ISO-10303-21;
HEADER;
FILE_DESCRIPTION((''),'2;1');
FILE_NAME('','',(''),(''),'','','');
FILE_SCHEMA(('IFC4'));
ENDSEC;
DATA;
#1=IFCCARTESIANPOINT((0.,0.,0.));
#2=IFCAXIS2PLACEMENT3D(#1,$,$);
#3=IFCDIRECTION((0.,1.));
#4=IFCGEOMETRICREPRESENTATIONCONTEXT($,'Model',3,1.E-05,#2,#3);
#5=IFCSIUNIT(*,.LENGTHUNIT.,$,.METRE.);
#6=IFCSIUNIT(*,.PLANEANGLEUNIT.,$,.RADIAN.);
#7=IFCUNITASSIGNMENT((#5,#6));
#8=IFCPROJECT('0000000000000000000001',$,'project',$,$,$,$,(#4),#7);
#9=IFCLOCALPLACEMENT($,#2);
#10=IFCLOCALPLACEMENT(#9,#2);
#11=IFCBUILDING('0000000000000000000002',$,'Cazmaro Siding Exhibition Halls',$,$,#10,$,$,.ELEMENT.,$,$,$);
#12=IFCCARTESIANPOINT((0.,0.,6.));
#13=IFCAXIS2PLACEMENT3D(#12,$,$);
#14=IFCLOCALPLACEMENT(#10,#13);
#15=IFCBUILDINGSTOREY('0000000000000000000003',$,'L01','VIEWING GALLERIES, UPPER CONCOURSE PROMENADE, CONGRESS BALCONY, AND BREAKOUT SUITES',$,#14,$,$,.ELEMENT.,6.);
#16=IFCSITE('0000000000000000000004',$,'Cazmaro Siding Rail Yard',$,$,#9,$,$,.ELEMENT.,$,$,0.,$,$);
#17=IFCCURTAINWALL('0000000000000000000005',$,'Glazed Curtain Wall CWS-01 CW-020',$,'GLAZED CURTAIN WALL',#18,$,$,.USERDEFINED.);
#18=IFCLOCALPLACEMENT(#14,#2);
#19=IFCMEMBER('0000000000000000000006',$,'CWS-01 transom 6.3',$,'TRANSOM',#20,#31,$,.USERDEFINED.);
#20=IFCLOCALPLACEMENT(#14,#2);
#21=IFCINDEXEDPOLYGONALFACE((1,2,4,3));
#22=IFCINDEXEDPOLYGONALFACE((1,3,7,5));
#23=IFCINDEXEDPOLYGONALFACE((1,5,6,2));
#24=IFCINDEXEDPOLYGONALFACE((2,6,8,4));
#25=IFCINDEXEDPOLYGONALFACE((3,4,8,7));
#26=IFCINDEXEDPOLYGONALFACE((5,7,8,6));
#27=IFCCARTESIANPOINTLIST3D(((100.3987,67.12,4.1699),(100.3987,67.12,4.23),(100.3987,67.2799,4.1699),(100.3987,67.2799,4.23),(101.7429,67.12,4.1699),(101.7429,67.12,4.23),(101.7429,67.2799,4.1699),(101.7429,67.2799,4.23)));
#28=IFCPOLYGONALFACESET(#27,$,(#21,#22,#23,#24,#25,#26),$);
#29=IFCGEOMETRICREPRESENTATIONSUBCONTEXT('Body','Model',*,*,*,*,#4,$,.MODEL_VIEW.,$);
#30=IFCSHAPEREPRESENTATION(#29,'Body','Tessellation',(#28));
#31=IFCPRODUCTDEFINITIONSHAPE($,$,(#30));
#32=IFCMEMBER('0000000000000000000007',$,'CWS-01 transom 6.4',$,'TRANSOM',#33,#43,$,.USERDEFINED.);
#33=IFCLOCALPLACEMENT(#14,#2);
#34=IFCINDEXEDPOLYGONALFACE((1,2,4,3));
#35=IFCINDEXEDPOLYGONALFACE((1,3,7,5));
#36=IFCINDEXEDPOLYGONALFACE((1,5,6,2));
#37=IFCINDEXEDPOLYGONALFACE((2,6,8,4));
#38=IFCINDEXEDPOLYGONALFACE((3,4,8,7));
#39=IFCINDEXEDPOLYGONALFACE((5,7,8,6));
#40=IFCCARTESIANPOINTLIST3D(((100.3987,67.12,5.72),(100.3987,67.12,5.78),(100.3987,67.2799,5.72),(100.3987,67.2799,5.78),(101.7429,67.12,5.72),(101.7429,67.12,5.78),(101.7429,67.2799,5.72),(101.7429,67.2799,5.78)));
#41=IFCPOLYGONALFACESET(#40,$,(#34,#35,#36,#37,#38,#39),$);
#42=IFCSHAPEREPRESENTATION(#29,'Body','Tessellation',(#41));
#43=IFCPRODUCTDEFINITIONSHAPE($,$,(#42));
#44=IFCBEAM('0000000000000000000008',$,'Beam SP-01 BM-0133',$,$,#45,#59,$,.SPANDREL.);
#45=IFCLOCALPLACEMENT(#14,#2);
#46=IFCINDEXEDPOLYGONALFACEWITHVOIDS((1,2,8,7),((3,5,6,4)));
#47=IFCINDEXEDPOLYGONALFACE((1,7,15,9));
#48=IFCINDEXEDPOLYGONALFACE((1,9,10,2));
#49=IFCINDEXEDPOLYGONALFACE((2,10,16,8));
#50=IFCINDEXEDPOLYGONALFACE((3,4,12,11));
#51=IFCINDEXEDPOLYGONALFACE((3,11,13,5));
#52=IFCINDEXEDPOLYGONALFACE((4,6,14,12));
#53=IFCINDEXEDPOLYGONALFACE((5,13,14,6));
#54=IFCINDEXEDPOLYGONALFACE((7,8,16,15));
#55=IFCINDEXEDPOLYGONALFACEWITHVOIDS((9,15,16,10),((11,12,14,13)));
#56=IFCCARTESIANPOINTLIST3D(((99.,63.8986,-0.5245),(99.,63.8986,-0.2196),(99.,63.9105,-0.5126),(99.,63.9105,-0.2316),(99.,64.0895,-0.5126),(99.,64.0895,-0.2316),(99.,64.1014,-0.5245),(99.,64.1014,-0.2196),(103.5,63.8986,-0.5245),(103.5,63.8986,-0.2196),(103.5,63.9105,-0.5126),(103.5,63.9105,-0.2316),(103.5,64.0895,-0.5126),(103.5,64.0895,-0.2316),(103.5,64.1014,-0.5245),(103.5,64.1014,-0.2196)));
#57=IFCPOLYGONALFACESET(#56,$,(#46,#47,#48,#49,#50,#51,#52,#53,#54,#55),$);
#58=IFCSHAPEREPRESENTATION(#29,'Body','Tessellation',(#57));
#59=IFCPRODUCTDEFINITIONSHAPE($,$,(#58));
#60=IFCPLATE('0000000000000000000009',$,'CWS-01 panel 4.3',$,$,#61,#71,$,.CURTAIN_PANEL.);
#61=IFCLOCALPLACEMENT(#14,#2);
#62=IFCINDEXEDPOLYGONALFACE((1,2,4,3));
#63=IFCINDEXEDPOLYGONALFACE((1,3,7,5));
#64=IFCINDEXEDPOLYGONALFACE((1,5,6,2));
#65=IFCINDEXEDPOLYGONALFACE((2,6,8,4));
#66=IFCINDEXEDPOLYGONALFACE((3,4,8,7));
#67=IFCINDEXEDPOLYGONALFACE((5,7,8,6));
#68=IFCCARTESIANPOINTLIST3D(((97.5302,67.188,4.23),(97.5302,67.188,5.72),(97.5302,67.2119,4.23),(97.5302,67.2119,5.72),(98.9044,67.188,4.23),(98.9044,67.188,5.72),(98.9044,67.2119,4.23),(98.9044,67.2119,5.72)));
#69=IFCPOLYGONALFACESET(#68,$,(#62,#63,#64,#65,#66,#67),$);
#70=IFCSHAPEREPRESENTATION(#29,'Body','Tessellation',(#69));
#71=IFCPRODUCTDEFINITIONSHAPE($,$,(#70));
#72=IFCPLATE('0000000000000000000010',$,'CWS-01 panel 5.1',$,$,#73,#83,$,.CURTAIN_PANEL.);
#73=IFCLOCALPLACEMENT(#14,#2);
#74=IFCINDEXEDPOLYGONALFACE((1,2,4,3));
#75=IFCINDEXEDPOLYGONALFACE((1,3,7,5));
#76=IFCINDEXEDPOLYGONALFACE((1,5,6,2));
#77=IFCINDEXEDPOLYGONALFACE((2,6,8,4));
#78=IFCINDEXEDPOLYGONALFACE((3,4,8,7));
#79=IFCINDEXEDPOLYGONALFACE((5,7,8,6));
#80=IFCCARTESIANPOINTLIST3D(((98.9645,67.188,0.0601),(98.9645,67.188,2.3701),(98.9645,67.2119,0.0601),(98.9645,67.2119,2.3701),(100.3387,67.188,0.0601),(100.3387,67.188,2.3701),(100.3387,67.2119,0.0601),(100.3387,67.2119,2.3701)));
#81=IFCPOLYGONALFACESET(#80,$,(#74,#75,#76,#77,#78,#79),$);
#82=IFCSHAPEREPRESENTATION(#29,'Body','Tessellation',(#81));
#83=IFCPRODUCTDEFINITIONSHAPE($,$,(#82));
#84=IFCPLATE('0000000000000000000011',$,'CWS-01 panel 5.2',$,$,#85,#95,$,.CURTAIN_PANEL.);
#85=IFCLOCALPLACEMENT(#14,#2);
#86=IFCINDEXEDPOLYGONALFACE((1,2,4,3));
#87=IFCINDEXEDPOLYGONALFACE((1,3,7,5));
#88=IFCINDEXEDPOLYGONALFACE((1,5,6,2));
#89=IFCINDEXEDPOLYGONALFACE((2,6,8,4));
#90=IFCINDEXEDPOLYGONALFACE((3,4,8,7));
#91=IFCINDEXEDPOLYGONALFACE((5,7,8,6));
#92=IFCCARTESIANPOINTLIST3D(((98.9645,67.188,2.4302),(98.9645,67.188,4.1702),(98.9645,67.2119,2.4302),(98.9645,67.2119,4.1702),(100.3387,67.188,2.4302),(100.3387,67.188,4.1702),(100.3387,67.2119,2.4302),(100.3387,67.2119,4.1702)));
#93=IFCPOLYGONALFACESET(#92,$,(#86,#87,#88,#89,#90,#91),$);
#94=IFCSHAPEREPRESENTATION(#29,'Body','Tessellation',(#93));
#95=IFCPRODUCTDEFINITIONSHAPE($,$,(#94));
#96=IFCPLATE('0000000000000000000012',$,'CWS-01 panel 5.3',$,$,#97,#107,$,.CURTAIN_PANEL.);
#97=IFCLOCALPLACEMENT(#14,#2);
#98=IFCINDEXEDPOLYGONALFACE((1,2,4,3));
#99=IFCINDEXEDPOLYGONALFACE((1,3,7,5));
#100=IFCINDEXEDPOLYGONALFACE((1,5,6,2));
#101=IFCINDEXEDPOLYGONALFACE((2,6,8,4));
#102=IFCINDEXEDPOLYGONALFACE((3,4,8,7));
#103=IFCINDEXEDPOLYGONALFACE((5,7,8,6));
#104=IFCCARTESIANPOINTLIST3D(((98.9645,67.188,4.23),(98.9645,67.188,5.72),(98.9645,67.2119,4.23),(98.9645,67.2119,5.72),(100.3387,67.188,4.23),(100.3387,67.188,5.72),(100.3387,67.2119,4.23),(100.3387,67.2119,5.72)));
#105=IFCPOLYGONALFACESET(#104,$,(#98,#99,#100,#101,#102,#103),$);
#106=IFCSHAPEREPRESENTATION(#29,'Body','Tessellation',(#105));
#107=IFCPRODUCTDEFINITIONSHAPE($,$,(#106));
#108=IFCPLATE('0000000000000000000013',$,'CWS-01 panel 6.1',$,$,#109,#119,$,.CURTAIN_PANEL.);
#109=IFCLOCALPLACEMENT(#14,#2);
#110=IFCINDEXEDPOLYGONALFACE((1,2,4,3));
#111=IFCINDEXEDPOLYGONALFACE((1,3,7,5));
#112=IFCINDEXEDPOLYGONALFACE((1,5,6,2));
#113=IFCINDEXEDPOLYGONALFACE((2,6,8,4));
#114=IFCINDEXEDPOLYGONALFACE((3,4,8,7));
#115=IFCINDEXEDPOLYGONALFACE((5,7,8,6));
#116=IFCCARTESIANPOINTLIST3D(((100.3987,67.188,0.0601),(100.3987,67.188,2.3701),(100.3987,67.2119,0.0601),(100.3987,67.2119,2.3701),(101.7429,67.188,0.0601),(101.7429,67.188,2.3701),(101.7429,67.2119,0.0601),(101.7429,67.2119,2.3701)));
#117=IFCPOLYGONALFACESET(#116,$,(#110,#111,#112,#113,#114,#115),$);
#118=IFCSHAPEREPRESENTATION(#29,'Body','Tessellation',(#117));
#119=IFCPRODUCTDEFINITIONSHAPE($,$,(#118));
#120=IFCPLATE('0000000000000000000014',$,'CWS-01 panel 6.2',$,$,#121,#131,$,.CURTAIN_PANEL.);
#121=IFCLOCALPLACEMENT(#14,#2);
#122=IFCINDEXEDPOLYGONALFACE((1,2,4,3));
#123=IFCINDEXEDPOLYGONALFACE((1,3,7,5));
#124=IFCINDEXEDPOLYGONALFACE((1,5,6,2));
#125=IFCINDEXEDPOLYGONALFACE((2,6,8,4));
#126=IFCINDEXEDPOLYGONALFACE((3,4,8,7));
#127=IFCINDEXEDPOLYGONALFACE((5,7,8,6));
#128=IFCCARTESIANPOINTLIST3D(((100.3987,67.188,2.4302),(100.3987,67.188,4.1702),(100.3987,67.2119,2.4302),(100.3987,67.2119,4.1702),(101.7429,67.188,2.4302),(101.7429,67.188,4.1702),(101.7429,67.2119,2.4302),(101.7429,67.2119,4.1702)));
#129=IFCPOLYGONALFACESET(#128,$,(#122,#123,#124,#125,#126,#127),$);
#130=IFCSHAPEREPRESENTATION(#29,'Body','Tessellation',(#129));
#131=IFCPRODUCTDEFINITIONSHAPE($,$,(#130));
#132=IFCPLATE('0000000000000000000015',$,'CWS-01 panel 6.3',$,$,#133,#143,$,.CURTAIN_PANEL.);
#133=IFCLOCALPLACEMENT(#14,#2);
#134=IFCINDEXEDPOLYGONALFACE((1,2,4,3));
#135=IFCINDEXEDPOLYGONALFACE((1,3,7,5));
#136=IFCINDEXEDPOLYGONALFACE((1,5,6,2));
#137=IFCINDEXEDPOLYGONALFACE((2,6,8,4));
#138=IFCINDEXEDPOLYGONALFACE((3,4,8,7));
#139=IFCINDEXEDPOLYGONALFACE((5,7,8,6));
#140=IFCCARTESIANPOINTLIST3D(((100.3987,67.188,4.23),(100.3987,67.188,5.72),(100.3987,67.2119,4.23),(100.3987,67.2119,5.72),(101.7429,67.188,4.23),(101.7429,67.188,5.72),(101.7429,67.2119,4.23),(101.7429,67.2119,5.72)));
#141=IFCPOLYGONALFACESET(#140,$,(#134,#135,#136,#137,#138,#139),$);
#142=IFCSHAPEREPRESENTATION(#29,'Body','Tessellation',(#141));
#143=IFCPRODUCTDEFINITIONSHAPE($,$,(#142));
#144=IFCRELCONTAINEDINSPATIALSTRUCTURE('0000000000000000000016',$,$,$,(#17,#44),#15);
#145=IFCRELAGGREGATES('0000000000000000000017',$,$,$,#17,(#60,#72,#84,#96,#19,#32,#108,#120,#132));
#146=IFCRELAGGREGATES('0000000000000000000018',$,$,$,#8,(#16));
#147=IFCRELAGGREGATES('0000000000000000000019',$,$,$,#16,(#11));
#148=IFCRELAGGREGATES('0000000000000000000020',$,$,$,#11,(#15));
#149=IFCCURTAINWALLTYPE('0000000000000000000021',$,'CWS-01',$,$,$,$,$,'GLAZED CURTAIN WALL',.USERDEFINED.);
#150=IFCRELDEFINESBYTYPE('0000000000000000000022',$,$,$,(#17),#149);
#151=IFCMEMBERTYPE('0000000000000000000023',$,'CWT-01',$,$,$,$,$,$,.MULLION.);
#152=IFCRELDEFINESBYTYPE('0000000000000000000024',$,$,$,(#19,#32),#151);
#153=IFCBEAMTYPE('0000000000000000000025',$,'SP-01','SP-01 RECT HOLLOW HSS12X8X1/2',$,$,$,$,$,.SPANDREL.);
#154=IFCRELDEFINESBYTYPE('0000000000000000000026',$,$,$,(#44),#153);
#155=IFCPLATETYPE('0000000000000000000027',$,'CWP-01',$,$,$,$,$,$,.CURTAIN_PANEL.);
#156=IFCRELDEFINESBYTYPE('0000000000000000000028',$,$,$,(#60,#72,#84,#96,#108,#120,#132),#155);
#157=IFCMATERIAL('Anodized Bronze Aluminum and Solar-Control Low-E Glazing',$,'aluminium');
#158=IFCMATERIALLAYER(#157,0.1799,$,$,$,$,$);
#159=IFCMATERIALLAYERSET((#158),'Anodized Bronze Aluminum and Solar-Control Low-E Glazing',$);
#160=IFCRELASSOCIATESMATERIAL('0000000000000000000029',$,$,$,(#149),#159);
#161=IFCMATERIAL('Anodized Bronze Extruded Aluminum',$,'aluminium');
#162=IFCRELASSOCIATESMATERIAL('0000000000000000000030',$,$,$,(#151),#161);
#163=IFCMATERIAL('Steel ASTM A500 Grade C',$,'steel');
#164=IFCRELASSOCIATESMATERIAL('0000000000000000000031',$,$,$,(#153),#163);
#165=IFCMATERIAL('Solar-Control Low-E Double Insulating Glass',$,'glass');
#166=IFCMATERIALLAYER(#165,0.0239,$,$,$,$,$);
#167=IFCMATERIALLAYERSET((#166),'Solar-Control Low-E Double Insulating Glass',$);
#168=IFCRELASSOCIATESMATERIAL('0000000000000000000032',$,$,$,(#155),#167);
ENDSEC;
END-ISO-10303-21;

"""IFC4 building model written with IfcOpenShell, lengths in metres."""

from ifc_helpers import new_model, si_unit, direction, frame, origin, origin_2d, place, context, subcontext, project, spatial, rectangle, hollow_rectangle, extrude, material, layer, layer_set, material_profile, profile_set, type_object, element, aggregate, save


model = new_model("IFC4")

# Units and contexts
model_context = context("Model", 3, precision=1e-05, world=origin(), true_north=direction((0.0, 1.0)))
body_context = subcontext(model_context, "Body", "Model", "MODEL_VIEW")
ifc_project = project(units=[si_unit("LENGTHUNIT", "METRE"), si_unit("PLANEANGLEUNIT", "RADIAN")], contexts=[model_context])

# Site, building, storey
site_placement = place(None, origin())
site = spatial("IfcSite", under=ifc_project, at=site_placement, Name="Cazmaro Siding Rail Yard", CompositionType="ELEMENT", RefElevation=0.0)
building_placement = place(site_placement, origin())
building = spatial("IfcBuilding", under=site, at=building_placement, Name="Cazmaro Siding Exhibition Halls", CompositionType="ELEMENT")
storey_placement = place(building_placement, frame((0.0, 0.0, 6.0)))
storey = spatial("IfcBuildingStorey", under=building, at=storey_placement, Name="L01", Description="VIEWING GALLERIES, UPPER CONCOURSE PROMENADE, CONGRESS BALCONY, AND BREAKOUT SUITES", CompositionType="ELEMENT", Elevation=6.0)

# Curtain wall, members
ifc_material_1 = material(Name="Anodized Bronze Aluminum and Solar-Control Low-E Glazing", Category="aluminium")
ifc_layer_1 = layer(ifc_material_1, 0.1799)
ifc_layer_set_1 = layer_set([ifc_layer_1], Name="Anodized Bronze Aluminum and Solar-Control Low-E Glazing")
curtain_wall_type = type_object("IfcCurtainWallType", Name="CWS-01", ElementType="GLAZED CURTAIN WALL", PredefinedType="USERDEFINED", material=ifc_layer_set_1)
curtain_wall_placement = place(storey_placement, origin())
curtain_wall = element("IfcCurtainWall", 1, at=curtain_wall_placement, inside=storey, type_object=curtain_wall_type, Name="Glazed Curtain Wall CWS-01 CW-020", ObjectType="GLAZED CURTAIN WALL", PredefinedType="USERDEFINED")
ifc_material_2 = material(Name="Anodized Bronze Extruded Aluminum", Category="aluminium")
ifc_material_profile_1 = material_profile(ifc_material_2, rectangle(XDim=0.1599, YDim=0.0601, at=origin_2d()), Name="CWT-01")
ifc_profile_set_1 = profile_set([ifc_material_profile_1], Name="Anodized Bronze Extruded Aluminum")
member_type_1 = type_object("IfcMemberType", Name="CWT-01", PredefinedType="MULLION", material=ifc_profile_set_1)
member_1_placement = place(storey_placement, frame((100.3987, 67.2, 4.2), z_axis=(1.0, 0.0, 0.0), x_axis=(0.0, 1.0, 0.0)))
member_1 = element("IfcMember", 2, at=member_1_placement, type_object=member_type_1, Name="CWS-01 transom 6.3", ObjectType="TRANSOM", PredefinedType="USERDEFINED", context=body_context, shape_type="SweptSolid", body=[
    extrude(rectangle(XDim=0.1599, YDim=0.0601, at=origin_2d()), origin(), (0.0, 0.0, 1.0), 1.3442),
])
member_2_placement = place(storey_placement, frame((100.3987, 67.2, 5.75), z_axis=(1.0, 0.0, 0.0), x_axis=(0.0, 1.0, 0.0)))
member_2 = element("IfcMember", 3, at=member_2_placement, type_object=member_type_1, Name="CWS-01 transom 6.4", ObjectType="TRANSOM", PredefinedType="USERDEFINED", context=body_context, shape_type="SweptSolid", body=[
    extrude(rectangle(XDim=0.1599, YDim=0.0601, at=origin_2d()), origin(), (0.0, 0.0, 1.0), 1.3442),
])

# Beam
ifc_material_3 = material(Name="Steel ASTM A500 Grade C", Category="steel")
ifc_material_profile_2 = material_profile(ifc_material_3, hollow_rectangle(XDim=0.2029, YDim=0.3049, WallThickness=0.012, at=origin_2d()), Name="HSS12X8X1/2")
ifc_profile_set_2 = profile_set([ifc_material_profile_2], Name="Steel ASTM A500 Grade C")
beam_type_1 = type_object("IfcBeamType", Name="SP-01", Description="SP-01 RECT HOLLOW HSS12X8X1/2", PredefinedType="SPANDREL", material=ifc_profile_set_2)
beam_1_placement = place(storey_placement, frame((99.0, 64.0, -0.3721), z_axis=(1.0, 0.0, 0.0), x_axis=(0.0, 1.0, 0.0)))
element("IfcBeam", 4, at=beam_1_placement, inside=storey, type_object=beam_type_1, Name="Beam SP-01 BM-0133", PredefinedType="SPANDREL", context=body_context, shape_type="SweptSolid", body=[
    extrude(hollow_rectangle(XDim=0.2029, YDim=0.3049, WallThickness=0.012, at=origin_2d()), origin(), (0.0, 0.0, 1.0), 4.5),
])

# Plates
ifc_material_4 = material(Name="Solar-Control Low-E Double Insulating Glass", Category="glass")
ifc_layer_2 = layer(ifc_material_4, 0.0239)
ifc_layer_set_2 = layer_set([ifc_layer_2], Name="Solar-Control Low-E Double Insulating Glass")
plate_type = type_object("IfcPlateType", Name="CWP-01", PredefinedType="CURTAIN_PANEL", material=ifc_layer_set_2)
plate_1_placement = place(storey_placement, frame((98.2173, 67.2, 4.23), z_axis=(0.0, 0.0, 1.0), x_axis=(1.0, 0.0, 0.0)))
plate_1 = element("IfcPlate", 5, at=plate_1_placement, type_object=plate_type, Name="CWS-01 panel 4.3", PredefinedType="CURTAIN_PANEL", context=body_context, shape_type="SweptSolid", body=[
    extrude(rectangle(XDim=1.3743, YDim=0.0239, at=origin_2d()), origin(), (0.0, 0.0, 1.0), 1.49),
])
plate_2_placement = place(storey_placement, frame((99.6516, 67.2, 0.0601), z_axis=(0.0, 0.0, 1.0), x_axis=(1.0, 0.0, 0.0)))
plate_2 = element("IfcPlate", 6, at=plate_2_placement, type_object=plate_type, Name="CWS-01 panel 5.1", PredefinedType="CURTAIN_PANEL", context=body_context, shape_type="SweptSolid", body=[
    extrude(rectangle(XDim=1.3743, YDim=0.0239, at=origin_2d()), origin(), (0.0, 0.0, 1.0), 2.3101),
])
plate_3_placement = place(storey_placement, frame((99.6516, 67.2, 2.4302), z_axis=(0.0, 0.0, 1.0), x_axis=(1.0, 0.0, 0.0)))
plate_3 = element("IfcPlate", 7, at=plate_3_placement, type_object=plate_type, Name="CWS-01 panel 5.2", PredefinedType="CURTAIN_PANEL", context=body_context, shape_type="SweptSolid", body=[
    extrude(rectangle(XDim=1.3743, YDim=0.0239, at=origin_2d()), origin(), (0.0, 0.0, 1.0), 1.74),
])
plate_4_placement = place(storey_placement, frame((99.6516, 67.2, 4.23), z_axis=(0.0, 0.0, 1.0), x_axis=(1.0, 0.0, 0.0)))
plate_4 = element("IfcPlate", 8, at=plate_4_placement, type_object=plate_type, Name="CWS-01 panel 5.3", PredefinedType="CURTAIN_PANEL", context=body_context, shape_type="SweptSolid", body=[
    extrude(rectangle(XDim=1.3743, YDim=0.0239, at=origin_2d()), origin(), (0.0, 0.0, 1.0), 1.49),
])
plate_5_placement = place(storey_placement, frame((101.0708, 67.2, 0.0601), z_axis=(0.0, 0.0, 1.0), x_axis=(1.0, 0.0, 0.0)))
plate_5 = element("IfcPlate", 9, at=plate_5_placement, type_object=plate_type, Name="CWS-01 panel 6.1", PredefinedType="CURTAIN_PANEL", context=body_context, shape_type="SweptSolid", body=[
    extrude(rectangle(XDim=1.3442, YDim=0.0239, at=origin_2d()), origin(), (0.0, 0.0, 1.0), 2.3101),
])
plate_6_placement = place(storey_placement, frame((101.0708, 67.2, 2.4302), z_axis=(0.0, 0.0, 1.0), x_axis=(1.0, 0.0, 0.0)))
plate_6 = element("IfcPlate", 10, at=plate_6_placement, type_object=plate_type, Name="CWS-01 panel 6.2", PredefinedType="CURTAIN_PANEL", context=body_context, shape_type="SweptSolid", body=[
    extrude(rectangle(XDim=1.3442, YDim=0.0239, at=origin_2d()), origin(), (0.0, 0.0, 1.0), 1.74),
])
plate_7_placement = place(storey_placement, frame((101.0708, 67.2, 4.23), z_axis=(0.0, 0.0, 1.0), x_axis=(1.0, 0.0, 0.0)))
plate_7 = element("IfcPlate", 11, at=plate_7_placement, type_object=plate_type, Name="CWS-01 panel 6.3", PredefinedType="CURTAIN_PANEL", context=body_context, shape_type="SweptSolid", body=[
    extrude(rectangle(XDim=1.3442, YDim=0.0239, at=origin_2d()), origin(), (0.0, 0.0, 1.0), 1.49),
])
aggregate(curtain_wall, [plate_1, plate_2, plate_3, plate_4, member_1, member_2, plate_5, plate_6, plate_7])

save(model, "model.ifc")
